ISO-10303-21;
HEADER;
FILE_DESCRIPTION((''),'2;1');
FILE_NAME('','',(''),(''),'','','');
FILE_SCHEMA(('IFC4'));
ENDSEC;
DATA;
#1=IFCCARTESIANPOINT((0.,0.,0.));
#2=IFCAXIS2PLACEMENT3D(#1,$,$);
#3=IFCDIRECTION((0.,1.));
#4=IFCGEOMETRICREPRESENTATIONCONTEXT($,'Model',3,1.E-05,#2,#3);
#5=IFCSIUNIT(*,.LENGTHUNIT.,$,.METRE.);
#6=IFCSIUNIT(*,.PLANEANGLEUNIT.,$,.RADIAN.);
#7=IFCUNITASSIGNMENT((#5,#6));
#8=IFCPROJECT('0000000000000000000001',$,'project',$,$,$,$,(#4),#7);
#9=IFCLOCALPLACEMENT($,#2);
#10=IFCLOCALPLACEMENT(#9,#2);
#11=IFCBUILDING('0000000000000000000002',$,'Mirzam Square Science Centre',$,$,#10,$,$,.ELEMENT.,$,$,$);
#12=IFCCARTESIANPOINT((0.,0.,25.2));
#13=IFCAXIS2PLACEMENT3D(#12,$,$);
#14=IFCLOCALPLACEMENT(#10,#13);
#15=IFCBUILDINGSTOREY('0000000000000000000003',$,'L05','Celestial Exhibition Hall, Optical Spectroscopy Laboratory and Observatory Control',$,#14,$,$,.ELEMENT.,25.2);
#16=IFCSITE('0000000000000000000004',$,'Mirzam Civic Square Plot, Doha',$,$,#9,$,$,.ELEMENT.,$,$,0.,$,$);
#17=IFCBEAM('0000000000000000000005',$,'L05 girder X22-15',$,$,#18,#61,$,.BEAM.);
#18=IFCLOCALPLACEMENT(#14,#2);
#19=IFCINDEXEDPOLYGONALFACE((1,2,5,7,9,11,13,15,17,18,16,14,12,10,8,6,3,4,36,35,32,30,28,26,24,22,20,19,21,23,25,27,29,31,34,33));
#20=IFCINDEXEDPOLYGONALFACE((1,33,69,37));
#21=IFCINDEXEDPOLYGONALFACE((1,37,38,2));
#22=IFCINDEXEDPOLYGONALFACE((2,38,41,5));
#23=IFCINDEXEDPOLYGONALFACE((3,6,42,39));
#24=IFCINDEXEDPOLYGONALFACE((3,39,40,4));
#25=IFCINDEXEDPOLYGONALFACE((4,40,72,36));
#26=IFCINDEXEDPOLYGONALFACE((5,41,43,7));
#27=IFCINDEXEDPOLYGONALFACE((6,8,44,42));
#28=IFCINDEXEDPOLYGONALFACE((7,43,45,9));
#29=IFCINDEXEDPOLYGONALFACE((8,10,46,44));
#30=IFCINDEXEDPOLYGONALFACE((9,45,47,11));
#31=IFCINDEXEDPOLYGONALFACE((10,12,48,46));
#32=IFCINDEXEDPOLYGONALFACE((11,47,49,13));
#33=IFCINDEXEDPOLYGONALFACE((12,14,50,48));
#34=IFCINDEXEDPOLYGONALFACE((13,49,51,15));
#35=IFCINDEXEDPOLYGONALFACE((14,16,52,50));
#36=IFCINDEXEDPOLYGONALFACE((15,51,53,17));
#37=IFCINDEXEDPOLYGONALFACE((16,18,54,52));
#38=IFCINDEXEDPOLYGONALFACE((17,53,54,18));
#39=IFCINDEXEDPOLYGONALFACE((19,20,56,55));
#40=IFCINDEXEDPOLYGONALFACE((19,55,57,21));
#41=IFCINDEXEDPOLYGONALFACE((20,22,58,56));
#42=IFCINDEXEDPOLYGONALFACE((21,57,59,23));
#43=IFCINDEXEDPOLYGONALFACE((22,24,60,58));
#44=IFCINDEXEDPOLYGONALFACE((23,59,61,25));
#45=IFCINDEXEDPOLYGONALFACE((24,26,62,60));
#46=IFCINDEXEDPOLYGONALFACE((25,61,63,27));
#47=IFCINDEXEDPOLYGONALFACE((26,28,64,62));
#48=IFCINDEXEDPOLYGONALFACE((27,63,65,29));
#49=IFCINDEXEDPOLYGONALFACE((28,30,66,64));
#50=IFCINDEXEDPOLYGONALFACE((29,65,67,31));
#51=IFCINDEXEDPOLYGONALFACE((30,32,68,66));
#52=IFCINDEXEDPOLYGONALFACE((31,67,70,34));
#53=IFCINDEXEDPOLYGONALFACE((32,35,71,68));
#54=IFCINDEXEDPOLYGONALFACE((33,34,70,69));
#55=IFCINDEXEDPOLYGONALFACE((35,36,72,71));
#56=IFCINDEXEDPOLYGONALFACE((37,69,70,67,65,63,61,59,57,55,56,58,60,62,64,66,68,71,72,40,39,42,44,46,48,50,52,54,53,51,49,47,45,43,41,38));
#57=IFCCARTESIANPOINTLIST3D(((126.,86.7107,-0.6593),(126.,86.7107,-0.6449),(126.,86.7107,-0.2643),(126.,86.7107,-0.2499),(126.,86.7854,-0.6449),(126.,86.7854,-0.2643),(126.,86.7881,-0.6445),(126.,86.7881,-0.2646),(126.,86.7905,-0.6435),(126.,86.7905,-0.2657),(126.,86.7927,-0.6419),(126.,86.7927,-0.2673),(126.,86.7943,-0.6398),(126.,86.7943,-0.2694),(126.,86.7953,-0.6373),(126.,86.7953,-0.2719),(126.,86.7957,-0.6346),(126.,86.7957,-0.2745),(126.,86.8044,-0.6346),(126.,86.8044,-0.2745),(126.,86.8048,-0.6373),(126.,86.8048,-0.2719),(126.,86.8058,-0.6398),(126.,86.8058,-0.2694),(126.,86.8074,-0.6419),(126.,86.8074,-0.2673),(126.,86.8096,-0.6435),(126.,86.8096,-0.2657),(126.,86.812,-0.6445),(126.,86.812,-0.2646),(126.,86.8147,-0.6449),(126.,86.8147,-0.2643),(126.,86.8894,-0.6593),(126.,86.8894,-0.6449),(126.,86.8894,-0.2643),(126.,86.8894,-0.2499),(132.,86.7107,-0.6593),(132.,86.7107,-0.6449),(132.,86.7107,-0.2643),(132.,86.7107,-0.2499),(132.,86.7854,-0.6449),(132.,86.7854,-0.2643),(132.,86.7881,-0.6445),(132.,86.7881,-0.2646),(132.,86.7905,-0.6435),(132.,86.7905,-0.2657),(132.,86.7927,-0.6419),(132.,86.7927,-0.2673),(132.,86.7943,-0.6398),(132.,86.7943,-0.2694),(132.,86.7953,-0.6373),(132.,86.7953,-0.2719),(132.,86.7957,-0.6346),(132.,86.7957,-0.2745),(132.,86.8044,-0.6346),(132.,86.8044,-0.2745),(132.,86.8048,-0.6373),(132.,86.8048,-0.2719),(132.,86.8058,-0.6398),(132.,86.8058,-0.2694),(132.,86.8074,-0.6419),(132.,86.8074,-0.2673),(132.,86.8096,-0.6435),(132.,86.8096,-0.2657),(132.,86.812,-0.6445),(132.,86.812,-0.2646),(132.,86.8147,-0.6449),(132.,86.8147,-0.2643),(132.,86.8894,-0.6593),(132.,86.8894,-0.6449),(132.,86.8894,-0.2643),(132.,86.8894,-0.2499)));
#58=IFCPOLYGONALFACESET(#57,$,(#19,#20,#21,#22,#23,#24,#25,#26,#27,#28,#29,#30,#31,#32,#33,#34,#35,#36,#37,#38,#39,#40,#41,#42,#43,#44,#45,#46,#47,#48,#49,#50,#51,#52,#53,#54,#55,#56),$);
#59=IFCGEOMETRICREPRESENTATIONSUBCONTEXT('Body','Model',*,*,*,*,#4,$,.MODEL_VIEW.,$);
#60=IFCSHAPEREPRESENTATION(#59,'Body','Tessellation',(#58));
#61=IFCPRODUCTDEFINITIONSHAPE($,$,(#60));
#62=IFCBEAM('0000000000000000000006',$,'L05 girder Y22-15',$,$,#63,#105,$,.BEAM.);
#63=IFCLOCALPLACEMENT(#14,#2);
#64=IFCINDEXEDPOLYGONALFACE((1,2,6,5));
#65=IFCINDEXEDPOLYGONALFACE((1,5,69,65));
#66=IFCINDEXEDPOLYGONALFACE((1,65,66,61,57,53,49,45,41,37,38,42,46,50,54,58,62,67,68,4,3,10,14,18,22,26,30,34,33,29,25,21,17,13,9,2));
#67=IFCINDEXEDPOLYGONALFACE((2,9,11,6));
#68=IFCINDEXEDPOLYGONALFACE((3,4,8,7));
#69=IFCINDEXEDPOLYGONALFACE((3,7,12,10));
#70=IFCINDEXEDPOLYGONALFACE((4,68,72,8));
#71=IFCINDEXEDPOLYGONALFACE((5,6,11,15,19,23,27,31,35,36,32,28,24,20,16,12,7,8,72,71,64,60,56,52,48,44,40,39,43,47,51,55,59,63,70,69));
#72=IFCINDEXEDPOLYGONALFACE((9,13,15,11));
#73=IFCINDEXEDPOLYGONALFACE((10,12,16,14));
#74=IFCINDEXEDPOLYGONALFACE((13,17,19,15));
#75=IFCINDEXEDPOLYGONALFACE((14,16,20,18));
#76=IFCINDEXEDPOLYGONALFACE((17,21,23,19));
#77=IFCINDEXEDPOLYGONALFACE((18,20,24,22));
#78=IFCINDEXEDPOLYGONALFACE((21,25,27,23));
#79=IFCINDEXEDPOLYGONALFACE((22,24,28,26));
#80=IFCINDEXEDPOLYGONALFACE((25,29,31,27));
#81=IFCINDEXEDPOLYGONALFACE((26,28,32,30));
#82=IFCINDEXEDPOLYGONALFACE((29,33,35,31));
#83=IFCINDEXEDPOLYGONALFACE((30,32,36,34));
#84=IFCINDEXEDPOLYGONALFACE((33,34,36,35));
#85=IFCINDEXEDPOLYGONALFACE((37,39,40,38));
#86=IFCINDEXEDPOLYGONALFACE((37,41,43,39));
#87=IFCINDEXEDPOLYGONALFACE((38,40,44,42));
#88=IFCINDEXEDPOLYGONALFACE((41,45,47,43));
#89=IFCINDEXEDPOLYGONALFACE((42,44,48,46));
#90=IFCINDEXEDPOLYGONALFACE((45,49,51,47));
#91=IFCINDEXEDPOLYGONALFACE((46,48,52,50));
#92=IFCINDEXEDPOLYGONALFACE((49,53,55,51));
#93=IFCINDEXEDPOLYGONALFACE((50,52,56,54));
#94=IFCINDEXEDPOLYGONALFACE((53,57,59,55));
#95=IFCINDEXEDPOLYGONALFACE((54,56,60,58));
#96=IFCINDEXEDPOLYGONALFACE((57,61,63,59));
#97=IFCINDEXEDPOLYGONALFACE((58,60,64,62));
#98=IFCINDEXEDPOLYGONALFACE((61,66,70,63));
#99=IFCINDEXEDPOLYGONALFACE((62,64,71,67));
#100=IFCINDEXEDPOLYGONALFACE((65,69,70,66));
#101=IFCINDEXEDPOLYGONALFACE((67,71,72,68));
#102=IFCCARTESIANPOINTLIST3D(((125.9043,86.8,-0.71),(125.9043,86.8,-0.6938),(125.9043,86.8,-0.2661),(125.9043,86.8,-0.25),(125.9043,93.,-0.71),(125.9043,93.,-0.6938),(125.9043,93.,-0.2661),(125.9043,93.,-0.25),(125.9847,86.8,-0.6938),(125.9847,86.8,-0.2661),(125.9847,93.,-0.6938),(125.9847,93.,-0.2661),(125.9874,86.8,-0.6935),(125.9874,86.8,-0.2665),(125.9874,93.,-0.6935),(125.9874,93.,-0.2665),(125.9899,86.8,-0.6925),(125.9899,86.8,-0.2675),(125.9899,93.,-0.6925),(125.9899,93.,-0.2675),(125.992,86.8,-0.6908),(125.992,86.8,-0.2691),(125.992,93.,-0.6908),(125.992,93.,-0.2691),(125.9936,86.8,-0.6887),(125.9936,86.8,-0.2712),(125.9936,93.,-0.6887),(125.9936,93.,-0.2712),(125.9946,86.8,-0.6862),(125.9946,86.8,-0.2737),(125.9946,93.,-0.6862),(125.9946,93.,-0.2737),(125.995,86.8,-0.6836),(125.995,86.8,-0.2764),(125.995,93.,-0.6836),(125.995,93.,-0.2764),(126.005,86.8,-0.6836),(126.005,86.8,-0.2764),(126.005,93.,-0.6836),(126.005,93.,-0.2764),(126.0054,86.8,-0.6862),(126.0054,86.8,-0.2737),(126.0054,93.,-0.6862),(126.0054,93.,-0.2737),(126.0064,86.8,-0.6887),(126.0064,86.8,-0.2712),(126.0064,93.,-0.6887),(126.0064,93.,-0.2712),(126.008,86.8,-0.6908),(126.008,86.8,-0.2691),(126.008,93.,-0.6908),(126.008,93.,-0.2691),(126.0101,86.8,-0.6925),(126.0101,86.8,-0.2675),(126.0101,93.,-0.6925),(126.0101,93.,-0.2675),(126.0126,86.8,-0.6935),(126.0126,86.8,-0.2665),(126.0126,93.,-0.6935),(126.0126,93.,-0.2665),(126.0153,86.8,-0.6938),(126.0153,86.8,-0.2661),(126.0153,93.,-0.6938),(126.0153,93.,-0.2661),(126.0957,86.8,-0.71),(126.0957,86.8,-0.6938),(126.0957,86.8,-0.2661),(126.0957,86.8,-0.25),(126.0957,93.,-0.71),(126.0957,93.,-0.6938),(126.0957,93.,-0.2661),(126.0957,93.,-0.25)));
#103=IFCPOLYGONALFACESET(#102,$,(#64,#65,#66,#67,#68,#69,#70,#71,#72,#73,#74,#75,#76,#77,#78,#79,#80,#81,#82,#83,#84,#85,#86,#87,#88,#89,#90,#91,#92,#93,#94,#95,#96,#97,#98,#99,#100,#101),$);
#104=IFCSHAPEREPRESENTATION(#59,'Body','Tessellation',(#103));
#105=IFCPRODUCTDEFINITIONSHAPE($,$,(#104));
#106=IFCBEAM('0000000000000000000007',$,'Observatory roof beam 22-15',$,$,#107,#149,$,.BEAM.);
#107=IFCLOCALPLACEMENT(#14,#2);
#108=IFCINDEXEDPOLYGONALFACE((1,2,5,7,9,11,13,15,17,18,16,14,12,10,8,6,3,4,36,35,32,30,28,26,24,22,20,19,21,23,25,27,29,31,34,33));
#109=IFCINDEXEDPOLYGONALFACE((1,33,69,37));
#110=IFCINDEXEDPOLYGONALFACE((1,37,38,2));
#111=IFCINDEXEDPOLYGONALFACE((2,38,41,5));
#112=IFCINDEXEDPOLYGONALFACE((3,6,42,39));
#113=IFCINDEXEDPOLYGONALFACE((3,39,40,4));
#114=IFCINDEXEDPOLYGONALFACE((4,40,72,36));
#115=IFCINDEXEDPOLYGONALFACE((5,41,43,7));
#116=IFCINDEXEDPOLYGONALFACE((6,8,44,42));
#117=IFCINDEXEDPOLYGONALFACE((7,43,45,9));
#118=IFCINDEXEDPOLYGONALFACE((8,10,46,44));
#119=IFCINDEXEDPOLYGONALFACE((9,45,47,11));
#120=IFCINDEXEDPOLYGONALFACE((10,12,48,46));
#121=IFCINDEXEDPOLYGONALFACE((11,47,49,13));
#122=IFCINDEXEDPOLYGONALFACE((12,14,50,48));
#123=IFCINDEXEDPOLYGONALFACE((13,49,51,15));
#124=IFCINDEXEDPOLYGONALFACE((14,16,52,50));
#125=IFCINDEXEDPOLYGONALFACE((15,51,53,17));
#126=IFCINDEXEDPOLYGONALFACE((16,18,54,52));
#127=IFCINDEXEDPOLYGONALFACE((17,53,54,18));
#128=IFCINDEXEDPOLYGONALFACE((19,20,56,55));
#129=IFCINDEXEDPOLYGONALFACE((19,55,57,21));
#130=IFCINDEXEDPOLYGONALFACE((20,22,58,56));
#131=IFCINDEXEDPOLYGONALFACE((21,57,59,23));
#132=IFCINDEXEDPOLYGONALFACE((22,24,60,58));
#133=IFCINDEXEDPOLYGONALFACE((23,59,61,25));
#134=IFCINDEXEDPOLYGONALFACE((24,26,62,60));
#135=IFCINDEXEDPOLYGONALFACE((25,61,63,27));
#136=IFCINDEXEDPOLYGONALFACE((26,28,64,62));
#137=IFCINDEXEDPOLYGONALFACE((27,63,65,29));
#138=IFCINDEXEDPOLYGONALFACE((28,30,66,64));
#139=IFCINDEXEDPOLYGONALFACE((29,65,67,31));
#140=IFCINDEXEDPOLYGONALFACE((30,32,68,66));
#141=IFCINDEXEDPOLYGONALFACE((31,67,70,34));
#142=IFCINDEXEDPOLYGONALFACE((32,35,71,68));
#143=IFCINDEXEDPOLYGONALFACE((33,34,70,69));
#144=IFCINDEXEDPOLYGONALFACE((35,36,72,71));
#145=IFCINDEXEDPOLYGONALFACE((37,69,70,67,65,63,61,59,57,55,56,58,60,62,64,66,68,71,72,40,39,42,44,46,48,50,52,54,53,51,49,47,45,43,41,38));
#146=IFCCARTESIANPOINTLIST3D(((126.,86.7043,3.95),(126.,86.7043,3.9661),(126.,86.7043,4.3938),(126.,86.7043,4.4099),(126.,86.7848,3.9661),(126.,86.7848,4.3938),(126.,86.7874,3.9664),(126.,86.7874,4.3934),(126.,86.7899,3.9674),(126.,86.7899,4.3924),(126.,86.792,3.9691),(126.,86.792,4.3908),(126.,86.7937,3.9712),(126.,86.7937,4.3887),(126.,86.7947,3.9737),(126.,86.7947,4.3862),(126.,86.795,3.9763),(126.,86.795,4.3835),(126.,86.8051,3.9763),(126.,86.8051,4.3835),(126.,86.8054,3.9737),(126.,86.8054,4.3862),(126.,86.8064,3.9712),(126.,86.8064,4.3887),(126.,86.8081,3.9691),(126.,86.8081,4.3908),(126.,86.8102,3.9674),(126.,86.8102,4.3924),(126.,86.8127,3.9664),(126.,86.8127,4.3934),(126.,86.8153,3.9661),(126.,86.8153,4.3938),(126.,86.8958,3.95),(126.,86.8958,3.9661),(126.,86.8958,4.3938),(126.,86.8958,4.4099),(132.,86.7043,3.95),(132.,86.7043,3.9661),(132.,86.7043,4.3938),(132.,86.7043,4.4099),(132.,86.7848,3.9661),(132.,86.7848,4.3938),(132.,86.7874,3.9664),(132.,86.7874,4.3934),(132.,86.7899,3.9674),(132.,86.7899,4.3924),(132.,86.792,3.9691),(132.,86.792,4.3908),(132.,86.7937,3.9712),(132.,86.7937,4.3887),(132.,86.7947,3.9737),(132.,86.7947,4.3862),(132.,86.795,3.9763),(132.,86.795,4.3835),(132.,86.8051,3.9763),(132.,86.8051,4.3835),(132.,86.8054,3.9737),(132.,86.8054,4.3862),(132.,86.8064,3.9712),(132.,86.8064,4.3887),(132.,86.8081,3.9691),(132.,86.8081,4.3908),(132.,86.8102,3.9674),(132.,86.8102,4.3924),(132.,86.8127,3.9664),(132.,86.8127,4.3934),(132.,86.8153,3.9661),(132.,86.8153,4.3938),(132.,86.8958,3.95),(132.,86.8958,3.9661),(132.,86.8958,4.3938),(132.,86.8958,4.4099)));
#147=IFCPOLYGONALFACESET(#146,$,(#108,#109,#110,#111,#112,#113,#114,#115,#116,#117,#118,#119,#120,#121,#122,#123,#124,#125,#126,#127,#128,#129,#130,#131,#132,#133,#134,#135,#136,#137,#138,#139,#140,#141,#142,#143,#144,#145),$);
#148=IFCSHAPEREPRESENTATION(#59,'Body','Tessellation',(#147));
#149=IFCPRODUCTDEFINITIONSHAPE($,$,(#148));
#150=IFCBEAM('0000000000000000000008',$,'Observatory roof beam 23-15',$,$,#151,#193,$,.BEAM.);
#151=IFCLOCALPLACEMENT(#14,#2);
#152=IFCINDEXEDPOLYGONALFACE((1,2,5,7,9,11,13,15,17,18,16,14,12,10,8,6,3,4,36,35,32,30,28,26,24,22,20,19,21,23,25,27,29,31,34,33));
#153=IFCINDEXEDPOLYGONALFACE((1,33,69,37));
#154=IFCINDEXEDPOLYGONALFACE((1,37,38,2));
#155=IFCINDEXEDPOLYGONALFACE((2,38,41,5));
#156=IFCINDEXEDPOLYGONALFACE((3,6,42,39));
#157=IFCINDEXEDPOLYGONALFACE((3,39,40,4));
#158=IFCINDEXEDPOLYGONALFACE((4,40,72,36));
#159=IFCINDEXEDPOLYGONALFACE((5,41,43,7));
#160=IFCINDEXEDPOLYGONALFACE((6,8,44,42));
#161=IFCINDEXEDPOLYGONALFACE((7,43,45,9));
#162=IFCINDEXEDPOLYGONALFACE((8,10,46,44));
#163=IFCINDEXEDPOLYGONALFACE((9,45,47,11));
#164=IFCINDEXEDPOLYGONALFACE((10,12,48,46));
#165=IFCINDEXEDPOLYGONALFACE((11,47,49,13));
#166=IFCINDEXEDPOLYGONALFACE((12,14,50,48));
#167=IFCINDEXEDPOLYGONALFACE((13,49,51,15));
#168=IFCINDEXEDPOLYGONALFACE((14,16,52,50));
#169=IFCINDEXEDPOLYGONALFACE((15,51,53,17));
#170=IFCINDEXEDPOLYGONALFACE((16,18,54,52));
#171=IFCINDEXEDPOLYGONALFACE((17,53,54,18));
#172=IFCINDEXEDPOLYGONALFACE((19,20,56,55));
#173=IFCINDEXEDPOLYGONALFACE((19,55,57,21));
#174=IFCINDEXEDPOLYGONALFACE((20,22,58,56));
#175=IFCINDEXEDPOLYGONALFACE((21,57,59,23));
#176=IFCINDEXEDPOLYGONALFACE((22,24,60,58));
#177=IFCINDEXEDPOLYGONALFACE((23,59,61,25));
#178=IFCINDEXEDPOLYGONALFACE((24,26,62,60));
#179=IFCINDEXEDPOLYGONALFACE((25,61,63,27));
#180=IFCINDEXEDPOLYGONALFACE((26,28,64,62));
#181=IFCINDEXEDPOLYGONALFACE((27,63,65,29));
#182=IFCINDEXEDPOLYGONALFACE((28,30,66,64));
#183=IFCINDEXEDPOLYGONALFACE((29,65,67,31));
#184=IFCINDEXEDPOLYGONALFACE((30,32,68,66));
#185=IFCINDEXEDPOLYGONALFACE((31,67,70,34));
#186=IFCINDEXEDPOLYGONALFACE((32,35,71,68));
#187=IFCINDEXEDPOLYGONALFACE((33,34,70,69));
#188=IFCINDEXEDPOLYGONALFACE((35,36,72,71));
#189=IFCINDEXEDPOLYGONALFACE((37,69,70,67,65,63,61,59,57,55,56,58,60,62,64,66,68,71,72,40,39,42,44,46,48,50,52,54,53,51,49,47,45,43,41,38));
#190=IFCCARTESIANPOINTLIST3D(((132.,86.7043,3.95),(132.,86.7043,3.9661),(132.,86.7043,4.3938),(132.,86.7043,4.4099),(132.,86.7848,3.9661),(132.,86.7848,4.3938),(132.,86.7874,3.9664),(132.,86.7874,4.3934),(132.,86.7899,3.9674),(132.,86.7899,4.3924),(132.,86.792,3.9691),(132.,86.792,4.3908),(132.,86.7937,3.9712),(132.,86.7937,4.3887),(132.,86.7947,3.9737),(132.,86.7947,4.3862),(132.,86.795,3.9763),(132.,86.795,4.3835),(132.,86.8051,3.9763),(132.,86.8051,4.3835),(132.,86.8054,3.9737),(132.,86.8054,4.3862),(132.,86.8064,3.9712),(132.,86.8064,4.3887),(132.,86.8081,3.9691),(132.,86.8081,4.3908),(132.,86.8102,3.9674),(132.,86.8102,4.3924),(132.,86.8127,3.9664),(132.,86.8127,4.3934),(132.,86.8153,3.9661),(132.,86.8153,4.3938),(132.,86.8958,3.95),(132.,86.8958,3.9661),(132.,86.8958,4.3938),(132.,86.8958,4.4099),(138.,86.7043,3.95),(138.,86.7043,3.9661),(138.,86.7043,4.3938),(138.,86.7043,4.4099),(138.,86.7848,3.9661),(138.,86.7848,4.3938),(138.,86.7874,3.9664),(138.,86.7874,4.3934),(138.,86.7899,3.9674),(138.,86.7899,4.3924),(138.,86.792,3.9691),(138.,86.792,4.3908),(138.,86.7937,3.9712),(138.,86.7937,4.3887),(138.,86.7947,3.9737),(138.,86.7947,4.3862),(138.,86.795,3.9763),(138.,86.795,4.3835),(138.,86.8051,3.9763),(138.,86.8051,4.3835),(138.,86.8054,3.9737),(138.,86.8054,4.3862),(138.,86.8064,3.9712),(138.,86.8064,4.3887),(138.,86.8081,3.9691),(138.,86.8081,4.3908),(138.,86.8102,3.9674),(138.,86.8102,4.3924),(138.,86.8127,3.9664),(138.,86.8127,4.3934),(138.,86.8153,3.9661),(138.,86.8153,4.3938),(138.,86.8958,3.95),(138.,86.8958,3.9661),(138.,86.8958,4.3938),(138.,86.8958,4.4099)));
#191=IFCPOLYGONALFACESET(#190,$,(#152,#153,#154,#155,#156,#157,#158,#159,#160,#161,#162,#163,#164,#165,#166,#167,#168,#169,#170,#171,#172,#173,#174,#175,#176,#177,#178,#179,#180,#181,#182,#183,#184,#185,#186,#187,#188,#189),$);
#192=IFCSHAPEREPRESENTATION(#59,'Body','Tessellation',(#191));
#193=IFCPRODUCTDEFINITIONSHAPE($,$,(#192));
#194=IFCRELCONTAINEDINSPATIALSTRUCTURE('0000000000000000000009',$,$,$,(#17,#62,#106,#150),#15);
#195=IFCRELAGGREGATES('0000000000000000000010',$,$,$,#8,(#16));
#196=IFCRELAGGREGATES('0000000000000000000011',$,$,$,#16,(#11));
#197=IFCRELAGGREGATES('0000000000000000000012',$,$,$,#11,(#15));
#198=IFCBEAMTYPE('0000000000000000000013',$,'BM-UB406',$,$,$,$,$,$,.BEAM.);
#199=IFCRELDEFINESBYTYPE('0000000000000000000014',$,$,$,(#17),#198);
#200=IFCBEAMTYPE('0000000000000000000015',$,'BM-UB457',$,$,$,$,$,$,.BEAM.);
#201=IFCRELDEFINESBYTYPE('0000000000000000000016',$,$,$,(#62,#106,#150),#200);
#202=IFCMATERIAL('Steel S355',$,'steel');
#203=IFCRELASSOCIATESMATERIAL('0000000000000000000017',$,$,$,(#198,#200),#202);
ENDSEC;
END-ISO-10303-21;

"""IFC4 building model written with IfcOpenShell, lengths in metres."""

from ifc_helpers import new_model, si_unit, direction, frame, origin, origin_2d, place, context, subcontext, project, spatial, i_section, extrude, material, material_profile, profile_set, type_object, element, save


model = new_model("IFC4")

# Units and contexts
model_context = context("Model", 3, precision=1e-05, world=origin(), true_north=direction((0.0, 1.0)))
body_context = subcontext(model_context, "Body", "Model", "MODEL_VIEW")
ifc_project = project(units=[si_unit("LENGTHUNIT", "METRE"), si_unit("PLANEANGLEUNIT", "RADIAN")], contexts=[model_context])

# Site, building, storey
site_placement = place(None, origin())
site = spatial("IfcSite", under=ifc_project, at=site_placement, Name="Mirzam Civic Square Plot, Doha", CompositionType="ELEMENT", RefElevation=0.0)
building_placement = place(site_placement, origin())
building = spatial("IfcBuilding", under=site, at=building_placement, Name="Mirzam Square Science Centre", CompositionType="ELEMENT")
storey_placement = place(building_placement, frame((0.0, 0.0, 25.2)))
storey = spatial("IfcBuildingStorey", under=building, at=storey_placement, Name="L05", Description="Celestial Exhibition Hall, Optical Spectroscopy Laboratory and Observatory Control", CompositionType="ELEMENT", Elevation=25.2)

# Shared definitions
ifc_material_1 = material(Name="Steel S355", Category="steel")

# Beams
ifc_material_profile_1 = material_profile(ifc_material_1, i_section(OverallWidth=0.1787, OverallDepth=0.4094, WebThickness=0.0088, FlangeThickness=0.0144, FilletRadius=0.0103, at=origin_2d()), Name="406x178x67UB")
ifc_profile_set_1 = profile_set([ifc_material_profile_1], Name="Steel S355")
beam_type_1 = type_object("IfcBeamType", Name="BM-UB406", PredefinedType="BEAM", material=ifc_profile_set_1)
beam_1_placement = place(storey_placement, frame((126.0, 86.8, -0.4546), z_axis=(1.0, 0.0, 0.0), x_axis=(0.0, 1.0, 0.0)))
element("IfcBeam", 1, at=beam_1_placement, inside=storey, type_object=beam_type_1, Name="L05 girder X22-15", PredefinedType="BEAM", context=body_context, shape_type="SweptSolid", body=[
    extrude(i_section(OverallWidth=0.1787, OverallDepth=0.4094, WebThickness=0.0088, FlangeThickness=0.0144, FilletRadius=0.0103, at=origin_2d()), origin(), (0.0, 0.0, 1.0), 6.0),
])
ifc_material_profile_2 = material_profile(ifc_material_1, i_section(OverallWidth=0.1914, OverallDepth=0.46, WebThickness=0.01, FlangeThickness=0.0161, FilletRadius=0.0103, at=origin_2d()), Name="457x191x82UB")
ifc_profile_set_2 = profile_set([ifc_material_profile_2], Name="Steel S355")
beam_type_2 = type_object("IfcBeamType", Name="BM-UB457", PredefinedType="BEAM", material=ifc_profile_set_2)
beam_2_placement = place(storey_placement, frame((126.0, 86.8, -0.48), z_axis=(0.0, 1.0, 0.0), x_axis=(-1.0, 0.0, 0.0)))
element("IfcBeam", 2, at=beam_2_placement, inside=storey, type_object=beam_type_2, Name="L05 girder Y22-15", PredefinedType="BEAM", context=body_context, shape_type="SweptSolid", body=[
    extrude(i_section(OverallWidth=0.1914, OverallDepth=0.46, WebThickness=0.01, FlangeThickness=0.0161, FilletRadius=0.0103, at=origin_2d()), origin(), (0.0, 0.0, 1.0), 6.2),
])
for number, where, z_axis, x_axis, name in (
    (3, (126.0, 86.8, 4.1799), (1.0, 0.0, 0.0), (0.0, 1.0, 0.0), "Observatory roof beam 22-15"),
    (4, (132.0, 86.8, 4.1799), (1.0, 0.0, 0.0), (0.0, 1.0, 0.0), "Observatory roof beam 23-15"),
):
    element("IfcBeam", number, at=place(storey_placement, frame(where, z_axis=z_axis, x_axis=x_axis)), inside=storey, type_object=beam_type_2, Name=name, PredefinedType="BEAM", context=body_context, shape_type="SweptSolid", body=[
        extrude(i_section(OverallWidth=0.1914, OverallDepth=0.46, WebThickness=0.01, FlangeThickness=0.0161, FilletRadius=0.0103, at=origin_2d()), origin(), (0.0, 0.0, 1.0), 6.0),
    ])

save(model, "model.ifc")
